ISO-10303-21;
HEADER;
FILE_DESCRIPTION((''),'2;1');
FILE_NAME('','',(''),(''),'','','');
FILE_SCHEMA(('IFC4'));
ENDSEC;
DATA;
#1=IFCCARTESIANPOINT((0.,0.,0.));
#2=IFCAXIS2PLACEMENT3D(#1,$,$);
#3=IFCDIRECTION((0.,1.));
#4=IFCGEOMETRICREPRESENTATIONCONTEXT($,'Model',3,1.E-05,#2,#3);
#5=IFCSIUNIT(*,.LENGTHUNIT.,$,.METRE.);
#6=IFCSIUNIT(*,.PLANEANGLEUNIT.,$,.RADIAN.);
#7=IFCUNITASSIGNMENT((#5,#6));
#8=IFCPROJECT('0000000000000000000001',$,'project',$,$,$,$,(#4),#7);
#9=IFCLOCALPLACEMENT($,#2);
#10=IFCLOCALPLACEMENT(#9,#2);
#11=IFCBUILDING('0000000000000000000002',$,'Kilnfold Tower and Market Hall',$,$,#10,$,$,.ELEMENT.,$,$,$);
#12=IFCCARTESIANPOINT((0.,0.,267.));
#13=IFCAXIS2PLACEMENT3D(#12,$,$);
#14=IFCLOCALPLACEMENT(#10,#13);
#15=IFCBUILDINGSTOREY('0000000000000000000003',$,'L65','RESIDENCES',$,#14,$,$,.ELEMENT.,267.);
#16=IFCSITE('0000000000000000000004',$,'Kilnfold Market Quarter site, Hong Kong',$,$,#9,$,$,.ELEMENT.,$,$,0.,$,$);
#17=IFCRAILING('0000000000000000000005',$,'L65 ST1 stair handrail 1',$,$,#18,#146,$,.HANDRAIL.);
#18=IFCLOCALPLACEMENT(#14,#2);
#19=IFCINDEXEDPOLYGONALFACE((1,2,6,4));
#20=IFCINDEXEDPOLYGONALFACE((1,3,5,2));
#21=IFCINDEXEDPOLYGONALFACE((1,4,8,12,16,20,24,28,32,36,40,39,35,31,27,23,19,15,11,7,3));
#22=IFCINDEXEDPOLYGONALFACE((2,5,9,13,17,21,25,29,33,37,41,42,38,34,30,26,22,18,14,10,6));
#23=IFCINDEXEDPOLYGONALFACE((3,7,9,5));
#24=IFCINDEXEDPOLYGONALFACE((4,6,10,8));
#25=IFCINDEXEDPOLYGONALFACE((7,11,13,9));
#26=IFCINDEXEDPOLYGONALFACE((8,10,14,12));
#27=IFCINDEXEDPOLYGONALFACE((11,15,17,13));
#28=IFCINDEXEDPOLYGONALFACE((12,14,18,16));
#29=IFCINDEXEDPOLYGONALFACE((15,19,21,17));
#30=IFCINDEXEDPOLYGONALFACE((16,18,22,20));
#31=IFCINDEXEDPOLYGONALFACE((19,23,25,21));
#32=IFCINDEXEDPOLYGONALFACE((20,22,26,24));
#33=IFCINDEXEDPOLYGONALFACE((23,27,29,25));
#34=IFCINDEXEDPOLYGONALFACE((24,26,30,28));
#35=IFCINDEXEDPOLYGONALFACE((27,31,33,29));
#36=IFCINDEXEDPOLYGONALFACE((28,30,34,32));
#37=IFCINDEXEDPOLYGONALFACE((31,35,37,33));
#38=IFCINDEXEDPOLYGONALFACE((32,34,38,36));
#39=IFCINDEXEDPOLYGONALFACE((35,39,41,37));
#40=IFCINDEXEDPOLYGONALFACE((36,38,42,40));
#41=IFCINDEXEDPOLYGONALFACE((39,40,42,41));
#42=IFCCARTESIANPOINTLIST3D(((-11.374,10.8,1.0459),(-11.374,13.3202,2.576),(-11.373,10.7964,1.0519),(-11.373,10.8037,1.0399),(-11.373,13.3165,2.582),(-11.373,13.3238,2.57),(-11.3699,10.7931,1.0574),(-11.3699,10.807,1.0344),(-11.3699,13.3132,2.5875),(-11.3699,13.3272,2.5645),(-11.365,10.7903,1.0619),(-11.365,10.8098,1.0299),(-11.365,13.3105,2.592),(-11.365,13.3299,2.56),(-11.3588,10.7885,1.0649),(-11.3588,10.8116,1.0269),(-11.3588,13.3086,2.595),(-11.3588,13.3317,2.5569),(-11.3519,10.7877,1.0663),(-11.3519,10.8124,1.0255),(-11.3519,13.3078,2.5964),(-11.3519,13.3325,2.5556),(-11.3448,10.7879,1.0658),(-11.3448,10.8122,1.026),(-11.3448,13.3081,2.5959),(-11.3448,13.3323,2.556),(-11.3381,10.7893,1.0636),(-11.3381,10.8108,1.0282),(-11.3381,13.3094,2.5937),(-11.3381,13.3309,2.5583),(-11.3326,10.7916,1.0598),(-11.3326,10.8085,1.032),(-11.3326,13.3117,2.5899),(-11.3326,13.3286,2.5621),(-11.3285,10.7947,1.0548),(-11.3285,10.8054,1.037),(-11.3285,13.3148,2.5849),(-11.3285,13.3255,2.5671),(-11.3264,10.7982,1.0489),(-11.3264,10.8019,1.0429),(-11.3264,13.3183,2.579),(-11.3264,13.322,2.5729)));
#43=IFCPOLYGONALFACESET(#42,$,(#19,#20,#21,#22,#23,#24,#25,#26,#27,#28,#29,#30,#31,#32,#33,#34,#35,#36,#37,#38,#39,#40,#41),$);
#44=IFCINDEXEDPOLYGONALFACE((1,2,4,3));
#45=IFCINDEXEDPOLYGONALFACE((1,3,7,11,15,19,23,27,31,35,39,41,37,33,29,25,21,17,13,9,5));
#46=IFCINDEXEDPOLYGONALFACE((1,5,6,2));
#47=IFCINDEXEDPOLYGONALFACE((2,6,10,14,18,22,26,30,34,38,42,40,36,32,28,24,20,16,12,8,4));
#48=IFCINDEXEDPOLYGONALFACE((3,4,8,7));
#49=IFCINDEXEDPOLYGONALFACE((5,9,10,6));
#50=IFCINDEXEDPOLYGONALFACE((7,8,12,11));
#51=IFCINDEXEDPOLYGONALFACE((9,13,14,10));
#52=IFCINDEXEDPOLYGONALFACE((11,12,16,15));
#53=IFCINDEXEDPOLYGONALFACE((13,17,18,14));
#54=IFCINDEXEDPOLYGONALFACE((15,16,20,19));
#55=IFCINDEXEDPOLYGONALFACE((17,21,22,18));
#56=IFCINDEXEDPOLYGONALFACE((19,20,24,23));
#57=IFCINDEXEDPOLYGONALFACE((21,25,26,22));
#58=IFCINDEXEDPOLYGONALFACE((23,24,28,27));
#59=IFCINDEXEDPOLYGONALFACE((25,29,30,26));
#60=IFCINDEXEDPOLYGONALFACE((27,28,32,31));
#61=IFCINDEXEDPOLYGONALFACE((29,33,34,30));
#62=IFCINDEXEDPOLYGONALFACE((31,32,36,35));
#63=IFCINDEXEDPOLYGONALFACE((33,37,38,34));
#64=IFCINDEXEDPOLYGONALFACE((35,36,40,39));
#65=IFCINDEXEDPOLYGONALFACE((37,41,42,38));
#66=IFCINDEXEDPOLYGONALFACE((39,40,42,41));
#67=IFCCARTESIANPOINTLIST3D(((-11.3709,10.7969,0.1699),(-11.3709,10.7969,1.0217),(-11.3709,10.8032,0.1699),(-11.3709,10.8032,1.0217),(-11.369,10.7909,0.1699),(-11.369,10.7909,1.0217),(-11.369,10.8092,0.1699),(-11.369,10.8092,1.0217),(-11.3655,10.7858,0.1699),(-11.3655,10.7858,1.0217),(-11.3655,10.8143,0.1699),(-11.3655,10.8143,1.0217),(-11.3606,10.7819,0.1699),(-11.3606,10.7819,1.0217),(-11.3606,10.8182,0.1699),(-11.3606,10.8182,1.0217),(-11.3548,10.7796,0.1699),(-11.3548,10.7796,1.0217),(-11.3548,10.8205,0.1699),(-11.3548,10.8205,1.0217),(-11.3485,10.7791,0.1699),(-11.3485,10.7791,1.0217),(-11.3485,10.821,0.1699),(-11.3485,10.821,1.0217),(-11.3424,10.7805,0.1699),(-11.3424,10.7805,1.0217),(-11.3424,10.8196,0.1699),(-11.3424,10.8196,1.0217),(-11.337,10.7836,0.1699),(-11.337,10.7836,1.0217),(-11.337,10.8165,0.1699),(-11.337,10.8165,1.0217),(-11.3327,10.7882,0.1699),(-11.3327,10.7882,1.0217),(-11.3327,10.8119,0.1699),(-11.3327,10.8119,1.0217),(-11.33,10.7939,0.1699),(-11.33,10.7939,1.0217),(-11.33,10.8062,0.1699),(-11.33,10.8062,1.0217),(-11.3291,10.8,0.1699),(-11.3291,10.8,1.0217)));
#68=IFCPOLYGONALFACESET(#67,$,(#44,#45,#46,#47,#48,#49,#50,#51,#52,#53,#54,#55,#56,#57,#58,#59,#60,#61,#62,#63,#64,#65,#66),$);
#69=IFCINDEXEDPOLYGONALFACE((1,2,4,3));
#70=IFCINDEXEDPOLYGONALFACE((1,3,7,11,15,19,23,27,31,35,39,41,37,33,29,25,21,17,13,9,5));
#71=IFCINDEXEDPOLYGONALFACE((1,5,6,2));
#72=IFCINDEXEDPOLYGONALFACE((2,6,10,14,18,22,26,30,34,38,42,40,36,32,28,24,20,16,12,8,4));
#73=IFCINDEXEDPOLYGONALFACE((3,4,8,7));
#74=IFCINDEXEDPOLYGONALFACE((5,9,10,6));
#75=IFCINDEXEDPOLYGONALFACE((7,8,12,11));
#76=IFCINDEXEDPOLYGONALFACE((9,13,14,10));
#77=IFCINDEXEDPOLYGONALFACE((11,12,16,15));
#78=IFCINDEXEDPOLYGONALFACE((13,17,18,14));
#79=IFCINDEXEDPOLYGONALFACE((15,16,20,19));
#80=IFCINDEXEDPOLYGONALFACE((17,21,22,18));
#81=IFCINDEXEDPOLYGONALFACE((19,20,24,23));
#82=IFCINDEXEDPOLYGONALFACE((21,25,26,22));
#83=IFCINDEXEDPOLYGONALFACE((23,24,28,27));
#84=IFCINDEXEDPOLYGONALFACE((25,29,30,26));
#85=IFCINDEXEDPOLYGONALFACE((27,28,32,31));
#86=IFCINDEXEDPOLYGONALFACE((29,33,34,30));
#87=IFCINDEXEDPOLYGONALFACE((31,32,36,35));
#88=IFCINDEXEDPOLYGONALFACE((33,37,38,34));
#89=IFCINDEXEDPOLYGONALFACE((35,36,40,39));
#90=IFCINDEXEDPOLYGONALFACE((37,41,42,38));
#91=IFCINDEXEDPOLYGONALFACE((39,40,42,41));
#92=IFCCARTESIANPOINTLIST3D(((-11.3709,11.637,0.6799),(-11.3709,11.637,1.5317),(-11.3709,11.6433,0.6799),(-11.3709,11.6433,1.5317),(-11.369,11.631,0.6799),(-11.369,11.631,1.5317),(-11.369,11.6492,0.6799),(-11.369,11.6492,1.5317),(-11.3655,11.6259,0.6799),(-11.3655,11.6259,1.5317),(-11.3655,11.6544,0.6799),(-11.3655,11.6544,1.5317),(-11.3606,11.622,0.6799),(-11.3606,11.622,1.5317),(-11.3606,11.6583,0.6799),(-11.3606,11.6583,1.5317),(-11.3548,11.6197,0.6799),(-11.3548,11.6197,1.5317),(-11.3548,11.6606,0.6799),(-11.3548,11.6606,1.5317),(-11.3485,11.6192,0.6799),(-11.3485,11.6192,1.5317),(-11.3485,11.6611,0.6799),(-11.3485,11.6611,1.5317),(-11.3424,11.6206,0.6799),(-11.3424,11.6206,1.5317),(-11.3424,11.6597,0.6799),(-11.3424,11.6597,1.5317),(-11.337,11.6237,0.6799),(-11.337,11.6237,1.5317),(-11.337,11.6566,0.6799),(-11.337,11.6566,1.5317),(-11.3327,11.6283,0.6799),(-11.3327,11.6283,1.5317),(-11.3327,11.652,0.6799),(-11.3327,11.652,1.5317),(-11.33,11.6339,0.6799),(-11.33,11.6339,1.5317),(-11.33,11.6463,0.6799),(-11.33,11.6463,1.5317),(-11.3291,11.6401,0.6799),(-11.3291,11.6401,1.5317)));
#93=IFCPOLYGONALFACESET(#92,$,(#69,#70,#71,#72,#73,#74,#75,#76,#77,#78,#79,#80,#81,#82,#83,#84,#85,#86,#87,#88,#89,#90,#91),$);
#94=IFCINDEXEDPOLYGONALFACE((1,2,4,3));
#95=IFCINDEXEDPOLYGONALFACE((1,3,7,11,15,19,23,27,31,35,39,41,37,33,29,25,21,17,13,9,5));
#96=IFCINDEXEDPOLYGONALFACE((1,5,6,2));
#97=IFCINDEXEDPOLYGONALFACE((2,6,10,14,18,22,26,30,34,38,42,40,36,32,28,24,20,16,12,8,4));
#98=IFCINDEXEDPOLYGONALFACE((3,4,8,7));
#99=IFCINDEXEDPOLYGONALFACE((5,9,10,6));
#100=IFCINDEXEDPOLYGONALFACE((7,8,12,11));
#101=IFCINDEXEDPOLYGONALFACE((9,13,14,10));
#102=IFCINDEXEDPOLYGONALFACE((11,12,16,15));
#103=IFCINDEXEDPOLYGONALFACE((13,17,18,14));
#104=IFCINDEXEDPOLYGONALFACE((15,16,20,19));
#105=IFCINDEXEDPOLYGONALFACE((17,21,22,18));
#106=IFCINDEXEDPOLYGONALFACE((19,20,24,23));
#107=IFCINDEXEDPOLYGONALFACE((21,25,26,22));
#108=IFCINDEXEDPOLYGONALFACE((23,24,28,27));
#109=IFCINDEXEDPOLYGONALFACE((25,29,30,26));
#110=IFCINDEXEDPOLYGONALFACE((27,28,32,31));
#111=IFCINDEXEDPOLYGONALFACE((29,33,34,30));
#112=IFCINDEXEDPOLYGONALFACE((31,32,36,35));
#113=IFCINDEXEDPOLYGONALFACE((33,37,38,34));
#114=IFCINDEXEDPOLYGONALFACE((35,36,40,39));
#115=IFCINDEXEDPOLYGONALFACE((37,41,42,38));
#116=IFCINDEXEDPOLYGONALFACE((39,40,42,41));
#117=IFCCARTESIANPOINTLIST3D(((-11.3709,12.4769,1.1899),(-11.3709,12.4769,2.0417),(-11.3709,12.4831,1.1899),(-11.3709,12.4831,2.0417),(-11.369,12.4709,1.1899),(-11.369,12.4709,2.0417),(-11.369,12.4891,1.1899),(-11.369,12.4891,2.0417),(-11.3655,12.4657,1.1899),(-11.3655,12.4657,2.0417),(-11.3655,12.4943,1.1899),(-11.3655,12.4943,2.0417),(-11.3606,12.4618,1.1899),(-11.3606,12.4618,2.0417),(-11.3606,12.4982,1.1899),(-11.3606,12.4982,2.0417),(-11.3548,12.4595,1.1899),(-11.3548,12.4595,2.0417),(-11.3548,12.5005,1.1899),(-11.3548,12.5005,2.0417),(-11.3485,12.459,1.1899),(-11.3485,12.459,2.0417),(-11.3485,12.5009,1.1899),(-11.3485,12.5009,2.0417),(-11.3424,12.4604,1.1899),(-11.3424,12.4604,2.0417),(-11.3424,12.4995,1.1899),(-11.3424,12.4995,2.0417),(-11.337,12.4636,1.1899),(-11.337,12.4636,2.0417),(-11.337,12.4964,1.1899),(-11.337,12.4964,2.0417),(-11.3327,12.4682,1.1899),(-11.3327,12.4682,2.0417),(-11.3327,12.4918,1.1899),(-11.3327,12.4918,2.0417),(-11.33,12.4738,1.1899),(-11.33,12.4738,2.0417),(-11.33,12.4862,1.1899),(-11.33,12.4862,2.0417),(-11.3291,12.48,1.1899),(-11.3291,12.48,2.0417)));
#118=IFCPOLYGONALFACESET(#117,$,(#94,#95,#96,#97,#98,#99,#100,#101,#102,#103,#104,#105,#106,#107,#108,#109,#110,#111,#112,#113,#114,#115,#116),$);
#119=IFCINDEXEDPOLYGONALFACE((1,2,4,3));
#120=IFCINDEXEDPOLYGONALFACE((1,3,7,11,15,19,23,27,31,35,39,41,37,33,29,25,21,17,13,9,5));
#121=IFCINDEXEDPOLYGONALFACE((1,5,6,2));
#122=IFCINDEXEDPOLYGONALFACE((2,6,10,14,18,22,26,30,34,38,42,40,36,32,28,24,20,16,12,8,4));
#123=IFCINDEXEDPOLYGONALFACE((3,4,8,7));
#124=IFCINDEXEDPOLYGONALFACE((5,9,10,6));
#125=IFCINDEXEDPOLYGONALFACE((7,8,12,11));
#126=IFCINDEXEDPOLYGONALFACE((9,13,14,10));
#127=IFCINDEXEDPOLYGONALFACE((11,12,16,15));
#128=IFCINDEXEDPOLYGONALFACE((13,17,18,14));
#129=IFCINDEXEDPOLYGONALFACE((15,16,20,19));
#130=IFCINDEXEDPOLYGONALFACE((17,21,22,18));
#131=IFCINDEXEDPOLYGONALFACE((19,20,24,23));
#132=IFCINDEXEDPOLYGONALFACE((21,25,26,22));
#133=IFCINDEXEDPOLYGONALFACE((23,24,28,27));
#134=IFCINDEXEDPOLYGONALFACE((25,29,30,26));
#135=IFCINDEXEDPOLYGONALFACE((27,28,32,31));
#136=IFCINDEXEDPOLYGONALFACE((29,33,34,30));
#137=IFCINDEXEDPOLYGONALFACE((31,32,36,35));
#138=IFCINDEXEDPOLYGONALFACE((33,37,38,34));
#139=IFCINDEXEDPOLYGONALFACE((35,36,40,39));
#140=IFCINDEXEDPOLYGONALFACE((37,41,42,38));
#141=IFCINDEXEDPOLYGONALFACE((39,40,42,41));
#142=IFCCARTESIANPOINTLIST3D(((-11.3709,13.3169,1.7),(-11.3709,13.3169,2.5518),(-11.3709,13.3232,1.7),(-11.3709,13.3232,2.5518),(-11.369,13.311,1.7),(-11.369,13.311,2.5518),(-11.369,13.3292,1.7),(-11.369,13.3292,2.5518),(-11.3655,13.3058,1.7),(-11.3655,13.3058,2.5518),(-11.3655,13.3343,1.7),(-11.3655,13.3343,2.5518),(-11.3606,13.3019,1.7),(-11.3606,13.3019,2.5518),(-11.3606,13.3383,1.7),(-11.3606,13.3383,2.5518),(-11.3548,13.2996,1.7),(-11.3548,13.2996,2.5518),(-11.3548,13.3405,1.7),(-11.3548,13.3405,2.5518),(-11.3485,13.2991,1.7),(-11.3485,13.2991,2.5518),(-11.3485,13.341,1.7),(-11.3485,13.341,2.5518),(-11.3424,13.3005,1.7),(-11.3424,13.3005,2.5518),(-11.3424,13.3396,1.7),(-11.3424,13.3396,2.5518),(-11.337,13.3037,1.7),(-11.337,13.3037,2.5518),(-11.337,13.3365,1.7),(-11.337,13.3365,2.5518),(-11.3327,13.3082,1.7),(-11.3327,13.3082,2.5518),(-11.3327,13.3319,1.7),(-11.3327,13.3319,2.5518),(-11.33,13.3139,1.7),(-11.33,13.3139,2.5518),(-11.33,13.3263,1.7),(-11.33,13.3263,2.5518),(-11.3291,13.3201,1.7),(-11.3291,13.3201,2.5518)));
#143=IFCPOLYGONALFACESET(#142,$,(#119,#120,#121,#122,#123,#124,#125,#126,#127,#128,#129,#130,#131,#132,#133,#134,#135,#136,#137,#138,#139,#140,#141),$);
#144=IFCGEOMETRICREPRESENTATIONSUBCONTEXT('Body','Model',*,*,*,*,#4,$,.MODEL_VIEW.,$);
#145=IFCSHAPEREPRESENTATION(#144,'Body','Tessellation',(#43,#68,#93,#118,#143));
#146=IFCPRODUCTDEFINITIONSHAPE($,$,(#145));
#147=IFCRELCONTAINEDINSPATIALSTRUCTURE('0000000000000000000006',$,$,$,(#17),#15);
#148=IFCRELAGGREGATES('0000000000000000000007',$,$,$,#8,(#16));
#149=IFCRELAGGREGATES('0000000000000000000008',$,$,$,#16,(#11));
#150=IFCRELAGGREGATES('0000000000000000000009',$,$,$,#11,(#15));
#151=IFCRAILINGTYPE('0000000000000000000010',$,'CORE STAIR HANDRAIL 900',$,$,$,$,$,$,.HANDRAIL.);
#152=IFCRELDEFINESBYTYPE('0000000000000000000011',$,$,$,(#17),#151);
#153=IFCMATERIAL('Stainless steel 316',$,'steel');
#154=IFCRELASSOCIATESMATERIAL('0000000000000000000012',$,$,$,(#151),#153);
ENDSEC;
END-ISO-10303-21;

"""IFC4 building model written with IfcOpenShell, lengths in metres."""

from ifc_helpers import new_model, si_unit, direction, frame, origin, origin_2d, place, context, subcontext, project, spatial, circle, extrude, material, type_object, element, save


model = new_model("IFC4")

# Units and contexts
model_context = context("Model", 3, precision=1e-05, world=origin(), true_north=direction((0.0, 1.0)))
body_context = subcontext(model_context, "Body", "Model", "MODEL_VIEW")
ifc_project = project(units=[si_unit("LENGTHUNIT", "METRE"), si_unit("PLANEANGLEUNIT", "RADIAN")], contexts=[model_context])

# Site, building, storey
site_placement = place(None, origin())
site = spatial("IfcSite", under=ifc_project, at=site_placement, Name="Kilnfold Market Quarter site, Hong Kong", CompositionType="ELEMENT", RefElevation=0.0)
building_placement = place(site_placement, origin())
building = spatial("IfcBuilding", under=site, at=building_placement, Name="Kilnfold Tower and Market Hall", CompositionType="ELEMENT")
storey_placement = place(building_placement, frame((0.0, 0.0, 267.0)))
storey = spatial("IfcBuildingStorey", under=building, at=storey_placement, Name="L65", Description="RESIDENCES", CompositionType="ELEMENT", Elevation=267.0)

# Railing
ifc_material_1 = material(Name="Stainless steel 316", Category="steel")
railing_type_1 = type_object("IfcRailingType", Name="CORE STAIR HANDRAIL 900", PredefinedType="HANDRAIL", material=ifc_material_1)
railing_1_placement = place(storey_placement, frame((-11.3501, 10.8, 0.1699)))
element("IfcRailing", 1, at=railing_1_placement, inside=storey, type_object=railing_type_1, Name="L65 ST1 stair handrail 1", PredefinedType="HANDRAIL", context=body_context, shape_type="SweptSolid", body=[
    extrude(circle(Radius=0.0239, at=origin_2d()), frame((0.0, 0.0, 0.876), z_axis=(0.0, 0.854785, 0.518982), x_axis=(-1.0, 0.0, 0.0)), (0.0, 0.0, 1.0), 2.9482),
    extrude(circle(Radius=0.021, at=origin_2d()), origin(), (0.0, 0.0, 1.0), 0.8518),
    extrude(circle(Radius=0.021, at=origin_2d()), frame((0.0, 0.8401, 0.51)), (0.0, 0.0, 1.0), 0.8518),
    extrude(circle(Radius=0.021, at=origin_2d()), frame((0.0, 1.6799, 1.02)), (0.0, 0.0, 1.0), 0.8518),
    extrude(circle(Radius=0.021, at=origin_2d()), frame((0.0, 2.52, 1.53)), (0.0, 0.0, 1.0), 0.8518),
])

save(model, "model.ifc")
